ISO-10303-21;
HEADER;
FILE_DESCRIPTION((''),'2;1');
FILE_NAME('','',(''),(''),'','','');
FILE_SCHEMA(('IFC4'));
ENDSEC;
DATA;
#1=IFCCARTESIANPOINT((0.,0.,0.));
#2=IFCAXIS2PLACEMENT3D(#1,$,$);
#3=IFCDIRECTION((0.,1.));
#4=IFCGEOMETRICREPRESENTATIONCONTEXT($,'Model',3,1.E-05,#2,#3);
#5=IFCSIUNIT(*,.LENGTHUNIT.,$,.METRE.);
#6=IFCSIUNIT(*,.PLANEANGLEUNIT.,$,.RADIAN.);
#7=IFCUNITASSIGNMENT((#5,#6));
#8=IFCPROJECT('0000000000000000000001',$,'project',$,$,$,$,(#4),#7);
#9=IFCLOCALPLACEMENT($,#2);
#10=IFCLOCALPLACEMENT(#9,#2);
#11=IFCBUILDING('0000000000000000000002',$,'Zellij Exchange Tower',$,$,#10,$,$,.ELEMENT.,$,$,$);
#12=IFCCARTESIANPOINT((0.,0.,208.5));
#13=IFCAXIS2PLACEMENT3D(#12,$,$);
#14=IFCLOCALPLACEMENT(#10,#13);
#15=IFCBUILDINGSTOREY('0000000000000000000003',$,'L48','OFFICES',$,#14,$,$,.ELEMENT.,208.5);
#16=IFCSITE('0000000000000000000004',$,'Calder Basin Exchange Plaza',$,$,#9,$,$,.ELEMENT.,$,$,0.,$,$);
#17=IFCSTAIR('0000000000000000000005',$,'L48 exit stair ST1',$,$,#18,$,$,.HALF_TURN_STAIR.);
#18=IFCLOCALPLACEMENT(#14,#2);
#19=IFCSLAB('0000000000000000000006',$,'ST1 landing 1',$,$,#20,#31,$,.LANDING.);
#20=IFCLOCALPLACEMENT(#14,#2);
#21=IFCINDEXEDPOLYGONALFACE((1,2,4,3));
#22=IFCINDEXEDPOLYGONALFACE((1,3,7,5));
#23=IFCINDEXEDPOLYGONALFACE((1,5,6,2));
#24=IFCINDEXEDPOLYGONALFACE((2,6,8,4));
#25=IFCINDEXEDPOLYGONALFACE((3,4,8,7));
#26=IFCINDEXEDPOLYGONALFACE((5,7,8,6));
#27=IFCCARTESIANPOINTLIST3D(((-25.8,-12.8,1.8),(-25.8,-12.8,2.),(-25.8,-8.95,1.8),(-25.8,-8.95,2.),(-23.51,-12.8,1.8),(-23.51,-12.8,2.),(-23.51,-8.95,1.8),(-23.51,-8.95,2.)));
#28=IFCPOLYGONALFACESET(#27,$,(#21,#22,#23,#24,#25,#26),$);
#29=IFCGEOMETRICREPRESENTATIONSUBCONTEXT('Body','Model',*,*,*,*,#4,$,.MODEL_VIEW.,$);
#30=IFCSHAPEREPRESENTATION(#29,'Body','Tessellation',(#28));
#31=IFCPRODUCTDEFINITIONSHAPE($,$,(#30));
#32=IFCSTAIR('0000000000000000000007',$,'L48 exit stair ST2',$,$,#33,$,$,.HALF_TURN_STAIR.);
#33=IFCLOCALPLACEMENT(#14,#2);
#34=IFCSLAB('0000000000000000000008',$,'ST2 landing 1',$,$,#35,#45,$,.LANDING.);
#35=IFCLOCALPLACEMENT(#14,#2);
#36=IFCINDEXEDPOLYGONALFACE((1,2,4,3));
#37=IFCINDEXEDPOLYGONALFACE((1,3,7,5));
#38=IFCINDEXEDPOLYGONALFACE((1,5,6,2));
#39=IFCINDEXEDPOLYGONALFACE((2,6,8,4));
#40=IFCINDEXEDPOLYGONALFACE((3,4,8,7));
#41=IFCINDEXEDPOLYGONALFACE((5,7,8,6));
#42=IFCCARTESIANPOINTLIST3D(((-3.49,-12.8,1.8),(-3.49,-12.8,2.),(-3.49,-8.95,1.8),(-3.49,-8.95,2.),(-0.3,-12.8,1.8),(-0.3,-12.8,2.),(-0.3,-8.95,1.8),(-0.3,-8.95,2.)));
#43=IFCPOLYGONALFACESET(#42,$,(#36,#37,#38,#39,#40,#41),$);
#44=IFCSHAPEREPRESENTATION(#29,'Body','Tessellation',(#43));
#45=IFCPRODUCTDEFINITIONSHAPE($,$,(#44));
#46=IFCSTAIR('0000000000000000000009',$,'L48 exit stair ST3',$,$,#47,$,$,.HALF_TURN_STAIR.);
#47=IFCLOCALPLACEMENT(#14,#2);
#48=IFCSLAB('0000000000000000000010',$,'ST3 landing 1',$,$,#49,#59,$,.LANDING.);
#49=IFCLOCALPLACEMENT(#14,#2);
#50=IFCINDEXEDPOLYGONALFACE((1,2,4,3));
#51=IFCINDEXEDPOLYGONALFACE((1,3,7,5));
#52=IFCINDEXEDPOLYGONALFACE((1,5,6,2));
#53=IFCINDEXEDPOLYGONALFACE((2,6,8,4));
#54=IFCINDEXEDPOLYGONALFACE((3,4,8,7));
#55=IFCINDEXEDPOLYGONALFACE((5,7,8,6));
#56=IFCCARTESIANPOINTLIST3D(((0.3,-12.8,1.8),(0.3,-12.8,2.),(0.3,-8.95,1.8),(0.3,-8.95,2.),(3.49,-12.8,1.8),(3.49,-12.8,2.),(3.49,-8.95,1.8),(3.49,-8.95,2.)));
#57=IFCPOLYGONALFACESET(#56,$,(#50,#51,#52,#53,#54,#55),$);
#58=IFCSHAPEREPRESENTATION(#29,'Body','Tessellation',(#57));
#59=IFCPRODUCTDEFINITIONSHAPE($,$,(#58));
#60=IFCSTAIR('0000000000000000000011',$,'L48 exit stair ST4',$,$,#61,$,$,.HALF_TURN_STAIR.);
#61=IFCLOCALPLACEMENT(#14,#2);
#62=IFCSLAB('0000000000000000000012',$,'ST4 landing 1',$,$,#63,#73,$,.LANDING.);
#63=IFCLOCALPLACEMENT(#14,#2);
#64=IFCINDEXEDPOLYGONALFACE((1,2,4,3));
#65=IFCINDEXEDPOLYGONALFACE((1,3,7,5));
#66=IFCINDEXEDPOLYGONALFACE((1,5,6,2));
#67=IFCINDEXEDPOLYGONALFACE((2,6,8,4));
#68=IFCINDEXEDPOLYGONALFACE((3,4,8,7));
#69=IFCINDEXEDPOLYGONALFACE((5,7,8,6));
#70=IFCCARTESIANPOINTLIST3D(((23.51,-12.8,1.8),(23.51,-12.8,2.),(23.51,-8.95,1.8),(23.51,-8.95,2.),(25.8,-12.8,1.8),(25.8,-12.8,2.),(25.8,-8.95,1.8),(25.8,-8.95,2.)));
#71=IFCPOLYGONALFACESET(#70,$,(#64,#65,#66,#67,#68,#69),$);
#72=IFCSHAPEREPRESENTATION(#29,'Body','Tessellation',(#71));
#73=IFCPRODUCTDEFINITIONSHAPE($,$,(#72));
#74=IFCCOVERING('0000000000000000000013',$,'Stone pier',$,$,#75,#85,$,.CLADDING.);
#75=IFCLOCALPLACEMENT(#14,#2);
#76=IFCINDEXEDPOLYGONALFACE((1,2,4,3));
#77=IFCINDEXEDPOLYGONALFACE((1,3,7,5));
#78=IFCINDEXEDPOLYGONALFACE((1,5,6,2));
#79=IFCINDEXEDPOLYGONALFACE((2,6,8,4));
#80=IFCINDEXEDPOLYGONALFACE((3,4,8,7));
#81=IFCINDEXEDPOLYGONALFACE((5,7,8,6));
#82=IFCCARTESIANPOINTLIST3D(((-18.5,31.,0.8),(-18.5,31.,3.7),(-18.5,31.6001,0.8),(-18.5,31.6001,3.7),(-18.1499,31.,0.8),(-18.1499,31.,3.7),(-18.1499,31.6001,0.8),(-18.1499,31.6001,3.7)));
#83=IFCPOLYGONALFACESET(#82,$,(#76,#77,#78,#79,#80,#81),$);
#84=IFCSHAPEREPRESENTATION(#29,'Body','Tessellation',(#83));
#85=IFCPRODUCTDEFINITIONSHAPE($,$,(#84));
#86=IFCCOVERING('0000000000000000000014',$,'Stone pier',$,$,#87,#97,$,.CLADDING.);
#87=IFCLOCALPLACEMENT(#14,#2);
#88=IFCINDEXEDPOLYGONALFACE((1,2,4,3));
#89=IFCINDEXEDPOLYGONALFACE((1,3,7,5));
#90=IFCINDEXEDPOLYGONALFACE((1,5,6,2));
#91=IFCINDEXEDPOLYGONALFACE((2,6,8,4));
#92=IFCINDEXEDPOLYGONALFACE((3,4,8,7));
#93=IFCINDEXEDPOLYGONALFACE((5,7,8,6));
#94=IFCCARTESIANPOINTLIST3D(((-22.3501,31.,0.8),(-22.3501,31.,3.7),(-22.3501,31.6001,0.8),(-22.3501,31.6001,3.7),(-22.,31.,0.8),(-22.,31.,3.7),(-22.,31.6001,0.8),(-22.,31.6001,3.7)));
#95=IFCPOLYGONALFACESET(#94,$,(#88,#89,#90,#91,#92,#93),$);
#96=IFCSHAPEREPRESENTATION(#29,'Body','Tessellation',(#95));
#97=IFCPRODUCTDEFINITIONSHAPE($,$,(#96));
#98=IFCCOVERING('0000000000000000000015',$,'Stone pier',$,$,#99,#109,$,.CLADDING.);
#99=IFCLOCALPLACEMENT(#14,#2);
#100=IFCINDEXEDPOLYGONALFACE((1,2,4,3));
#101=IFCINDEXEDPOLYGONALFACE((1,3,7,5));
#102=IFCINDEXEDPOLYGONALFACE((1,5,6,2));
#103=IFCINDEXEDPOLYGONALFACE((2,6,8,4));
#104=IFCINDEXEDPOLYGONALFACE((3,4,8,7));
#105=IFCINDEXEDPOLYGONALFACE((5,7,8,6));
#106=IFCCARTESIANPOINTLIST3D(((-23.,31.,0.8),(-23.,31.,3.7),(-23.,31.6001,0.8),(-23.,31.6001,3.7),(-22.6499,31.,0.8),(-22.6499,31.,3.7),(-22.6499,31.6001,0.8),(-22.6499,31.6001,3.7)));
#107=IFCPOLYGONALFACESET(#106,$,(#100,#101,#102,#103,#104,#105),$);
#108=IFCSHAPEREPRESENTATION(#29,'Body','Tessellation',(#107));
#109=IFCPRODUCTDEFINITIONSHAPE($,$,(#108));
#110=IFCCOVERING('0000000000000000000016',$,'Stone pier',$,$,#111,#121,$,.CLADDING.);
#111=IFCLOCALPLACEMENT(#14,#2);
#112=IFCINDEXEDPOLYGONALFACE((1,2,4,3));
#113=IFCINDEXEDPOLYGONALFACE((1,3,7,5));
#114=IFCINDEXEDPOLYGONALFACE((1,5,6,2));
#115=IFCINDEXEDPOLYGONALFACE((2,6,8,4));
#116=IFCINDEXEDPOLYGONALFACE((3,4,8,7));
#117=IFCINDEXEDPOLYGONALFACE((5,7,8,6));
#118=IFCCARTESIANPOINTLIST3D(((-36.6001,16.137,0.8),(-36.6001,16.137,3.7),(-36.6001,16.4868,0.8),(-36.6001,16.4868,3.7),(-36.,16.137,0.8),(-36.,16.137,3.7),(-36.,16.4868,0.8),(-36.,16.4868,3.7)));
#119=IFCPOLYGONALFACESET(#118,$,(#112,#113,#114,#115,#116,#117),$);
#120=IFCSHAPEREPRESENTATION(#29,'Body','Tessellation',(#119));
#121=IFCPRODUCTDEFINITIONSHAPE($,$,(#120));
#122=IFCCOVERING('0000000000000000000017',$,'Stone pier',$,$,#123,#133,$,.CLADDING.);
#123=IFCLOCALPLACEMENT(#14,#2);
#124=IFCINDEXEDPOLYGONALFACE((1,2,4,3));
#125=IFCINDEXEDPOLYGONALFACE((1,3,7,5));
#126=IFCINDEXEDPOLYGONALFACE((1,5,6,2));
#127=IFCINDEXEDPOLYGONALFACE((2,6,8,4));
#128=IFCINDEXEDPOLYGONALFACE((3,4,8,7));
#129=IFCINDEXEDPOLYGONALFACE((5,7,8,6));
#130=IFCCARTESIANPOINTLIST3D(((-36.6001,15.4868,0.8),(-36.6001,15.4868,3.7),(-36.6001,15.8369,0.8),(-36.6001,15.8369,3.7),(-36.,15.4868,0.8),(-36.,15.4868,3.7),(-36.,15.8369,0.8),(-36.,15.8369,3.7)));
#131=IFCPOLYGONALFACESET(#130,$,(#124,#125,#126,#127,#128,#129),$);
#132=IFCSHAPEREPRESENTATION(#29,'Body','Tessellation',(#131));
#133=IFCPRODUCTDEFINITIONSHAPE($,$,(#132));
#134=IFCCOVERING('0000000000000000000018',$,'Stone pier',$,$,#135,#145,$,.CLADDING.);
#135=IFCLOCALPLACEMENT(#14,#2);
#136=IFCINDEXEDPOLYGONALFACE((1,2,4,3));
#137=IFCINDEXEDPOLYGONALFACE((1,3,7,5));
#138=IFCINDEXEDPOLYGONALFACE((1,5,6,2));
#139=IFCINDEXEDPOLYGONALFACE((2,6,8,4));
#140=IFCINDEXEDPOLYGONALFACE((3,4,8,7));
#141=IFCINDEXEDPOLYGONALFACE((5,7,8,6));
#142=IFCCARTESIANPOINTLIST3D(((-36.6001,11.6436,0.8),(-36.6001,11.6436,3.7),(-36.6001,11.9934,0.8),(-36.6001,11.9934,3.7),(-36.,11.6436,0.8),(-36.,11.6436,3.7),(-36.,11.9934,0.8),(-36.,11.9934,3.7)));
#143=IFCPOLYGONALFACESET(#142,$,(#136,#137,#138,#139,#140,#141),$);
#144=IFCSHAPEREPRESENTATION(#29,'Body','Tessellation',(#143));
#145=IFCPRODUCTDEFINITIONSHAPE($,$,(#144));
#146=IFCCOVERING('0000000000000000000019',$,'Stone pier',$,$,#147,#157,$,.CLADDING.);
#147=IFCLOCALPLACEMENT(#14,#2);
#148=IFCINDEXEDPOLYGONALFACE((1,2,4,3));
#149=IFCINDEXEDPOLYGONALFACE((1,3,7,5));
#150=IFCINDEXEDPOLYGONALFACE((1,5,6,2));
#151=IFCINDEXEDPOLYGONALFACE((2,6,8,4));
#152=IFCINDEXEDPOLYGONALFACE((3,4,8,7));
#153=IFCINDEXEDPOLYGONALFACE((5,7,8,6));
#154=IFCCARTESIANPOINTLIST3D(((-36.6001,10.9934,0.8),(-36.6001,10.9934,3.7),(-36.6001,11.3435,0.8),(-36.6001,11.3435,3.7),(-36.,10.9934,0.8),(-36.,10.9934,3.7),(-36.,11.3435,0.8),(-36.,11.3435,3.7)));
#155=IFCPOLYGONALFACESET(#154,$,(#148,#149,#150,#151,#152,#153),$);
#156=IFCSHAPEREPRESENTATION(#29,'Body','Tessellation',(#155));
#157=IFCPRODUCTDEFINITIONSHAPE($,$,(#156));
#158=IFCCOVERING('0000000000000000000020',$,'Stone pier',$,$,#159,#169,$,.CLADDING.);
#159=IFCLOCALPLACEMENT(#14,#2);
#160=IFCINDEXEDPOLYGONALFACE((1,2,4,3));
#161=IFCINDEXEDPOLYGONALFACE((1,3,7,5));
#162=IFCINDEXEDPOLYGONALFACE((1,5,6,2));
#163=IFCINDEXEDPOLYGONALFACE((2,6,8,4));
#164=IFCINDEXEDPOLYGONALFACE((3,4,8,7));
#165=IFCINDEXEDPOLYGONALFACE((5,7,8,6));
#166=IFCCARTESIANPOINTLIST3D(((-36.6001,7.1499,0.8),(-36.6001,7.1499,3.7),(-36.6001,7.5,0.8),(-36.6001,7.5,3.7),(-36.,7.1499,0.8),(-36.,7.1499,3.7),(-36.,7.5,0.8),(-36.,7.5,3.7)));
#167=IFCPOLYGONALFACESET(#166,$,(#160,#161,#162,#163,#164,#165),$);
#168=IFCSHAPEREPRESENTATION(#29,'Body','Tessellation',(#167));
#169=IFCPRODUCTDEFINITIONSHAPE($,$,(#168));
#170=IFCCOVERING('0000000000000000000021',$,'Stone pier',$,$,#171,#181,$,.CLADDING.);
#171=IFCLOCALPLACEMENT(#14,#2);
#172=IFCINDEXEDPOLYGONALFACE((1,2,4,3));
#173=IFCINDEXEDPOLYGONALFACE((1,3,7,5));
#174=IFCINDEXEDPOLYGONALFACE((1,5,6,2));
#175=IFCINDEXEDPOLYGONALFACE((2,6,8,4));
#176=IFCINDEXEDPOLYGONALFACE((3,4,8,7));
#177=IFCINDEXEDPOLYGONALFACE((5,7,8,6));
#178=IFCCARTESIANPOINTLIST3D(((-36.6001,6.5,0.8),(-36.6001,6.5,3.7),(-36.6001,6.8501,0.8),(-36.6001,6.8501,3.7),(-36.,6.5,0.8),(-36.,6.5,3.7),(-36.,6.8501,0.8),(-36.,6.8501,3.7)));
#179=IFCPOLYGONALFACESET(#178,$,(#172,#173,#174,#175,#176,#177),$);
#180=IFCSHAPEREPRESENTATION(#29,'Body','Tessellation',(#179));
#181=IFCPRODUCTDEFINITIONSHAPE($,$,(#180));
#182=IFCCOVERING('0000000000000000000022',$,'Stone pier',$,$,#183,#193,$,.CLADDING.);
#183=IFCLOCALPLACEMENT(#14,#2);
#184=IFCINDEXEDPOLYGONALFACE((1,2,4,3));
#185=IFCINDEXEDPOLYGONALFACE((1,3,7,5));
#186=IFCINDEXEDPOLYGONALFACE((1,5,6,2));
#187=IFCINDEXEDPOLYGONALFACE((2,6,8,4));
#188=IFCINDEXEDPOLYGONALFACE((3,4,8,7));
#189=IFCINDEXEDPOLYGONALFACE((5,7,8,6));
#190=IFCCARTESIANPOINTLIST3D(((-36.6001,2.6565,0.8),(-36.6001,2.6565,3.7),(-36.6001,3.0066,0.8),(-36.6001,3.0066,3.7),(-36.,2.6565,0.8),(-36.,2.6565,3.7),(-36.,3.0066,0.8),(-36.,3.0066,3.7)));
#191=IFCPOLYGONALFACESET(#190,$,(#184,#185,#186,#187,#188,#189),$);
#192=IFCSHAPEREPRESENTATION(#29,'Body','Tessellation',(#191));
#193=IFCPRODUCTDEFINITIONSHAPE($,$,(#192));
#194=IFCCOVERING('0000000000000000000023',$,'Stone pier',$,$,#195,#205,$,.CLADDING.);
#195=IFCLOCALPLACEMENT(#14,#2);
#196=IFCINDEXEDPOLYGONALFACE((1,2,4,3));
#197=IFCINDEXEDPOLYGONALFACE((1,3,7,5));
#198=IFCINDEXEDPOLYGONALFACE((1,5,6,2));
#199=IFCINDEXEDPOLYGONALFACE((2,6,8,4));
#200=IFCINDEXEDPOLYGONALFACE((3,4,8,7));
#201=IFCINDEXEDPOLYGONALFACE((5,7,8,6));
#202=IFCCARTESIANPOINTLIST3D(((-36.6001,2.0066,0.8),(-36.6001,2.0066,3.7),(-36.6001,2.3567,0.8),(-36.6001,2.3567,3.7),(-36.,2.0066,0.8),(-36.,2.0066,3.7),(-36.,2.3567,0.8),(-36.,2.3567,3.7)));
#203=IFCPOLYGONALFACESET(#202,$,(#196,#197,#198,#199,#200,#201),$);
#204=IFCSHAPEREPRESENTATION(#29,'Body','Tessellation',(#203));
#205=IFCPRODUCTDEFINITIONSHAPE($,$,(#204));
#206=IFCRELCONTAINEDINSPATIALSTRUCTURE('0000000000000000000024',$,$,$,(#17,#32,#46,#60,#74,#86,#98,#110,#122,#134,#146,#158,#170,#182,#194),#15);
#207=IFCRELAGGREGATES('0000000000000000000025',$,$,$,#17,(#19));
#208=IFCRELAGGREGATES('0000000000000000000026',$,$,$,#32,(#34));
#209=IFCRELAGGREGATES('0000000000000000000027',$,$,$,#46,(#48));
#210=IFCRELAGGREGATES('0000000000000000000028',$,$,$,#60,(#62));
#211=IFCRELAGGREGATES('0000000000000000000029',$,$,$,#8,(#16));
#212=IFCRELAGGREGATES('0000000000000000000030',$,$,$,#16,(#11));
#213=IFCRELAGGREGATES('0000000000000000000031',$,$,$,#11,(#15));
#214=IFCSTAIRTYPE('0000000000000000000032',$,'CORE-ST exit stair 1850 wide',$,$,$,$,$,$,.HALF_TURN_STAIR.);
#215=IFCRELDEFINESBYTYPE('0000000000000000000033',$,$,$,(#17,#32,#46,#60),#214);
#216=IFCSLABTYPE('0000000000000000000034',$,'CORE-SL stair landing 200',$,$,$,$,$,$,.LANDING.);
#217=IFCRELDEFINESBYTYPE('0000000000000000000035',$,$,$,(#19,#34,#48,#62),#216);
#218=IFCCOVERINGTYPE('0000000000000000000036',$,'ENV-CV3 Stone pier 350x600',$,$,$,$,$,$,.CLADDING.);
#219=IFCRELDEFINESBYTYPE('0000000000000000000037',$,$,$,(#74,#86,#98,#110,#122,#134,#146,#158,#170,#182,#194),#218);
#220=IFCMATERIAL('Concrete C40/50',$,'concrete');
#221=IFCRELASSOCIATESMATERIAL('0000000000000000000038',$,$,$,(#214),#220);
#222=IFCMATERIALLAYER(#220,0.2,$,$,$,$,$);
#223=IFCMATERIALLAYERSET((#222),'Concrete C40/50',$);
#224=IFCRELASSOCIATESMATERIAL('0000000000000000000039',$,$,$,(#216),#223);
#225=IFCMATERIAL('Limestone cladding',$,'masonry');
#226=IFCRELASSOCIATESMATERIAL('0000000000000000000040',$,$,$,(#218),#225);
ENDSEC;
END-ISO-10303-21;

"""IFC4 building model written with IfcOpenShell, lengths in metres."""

from ifc_helpers import new_model, si_unit, direction, frame, origin, place, context, subcontext, project, spatial, polyline, outline, extrude, material, layer, layer_set, type_object, element, aggregate, save


model = new_model("IFC4")

# Units and contexts
model_context = context("Model", 3, precision=1e-05, world=origin(), true_north=direction((0.0, 1.0)))
body_context = subcontext(model_context, "Body", "Model", "MODEL_VIEW")
ifc_project = project(units=[si_unit("LENGTHUNIT", "METRE"), si_unit("PLANEANGLEUNIT", "RADIAN")], contexts=[model_context])

# Site, building, storey
site_placement = place(None, origin())
site = spatial("IfcSite", under=ifc_project, at=site_placement, Name="Calder Basin Exchange Plaza", CompositionType="ELEMENT", RefElevation=0.0)
building_placement = place(site_placement, origin())
building = spatial("IfcBuilding", under=site, at=building_placement, Name="Zellij Exchange Tower", CompositionType="ELEMENT")
storey_placement = place(building_placement, frame((0.0, 0.0, 208.5)))
storey = spatial("IfcBuildingStorey", under=building, at=storey_placement, Name="L48", Description="OFFICES", CompositionType="ELEMENT", Elevation=208.5)

# Stairs, slabs
ifc_material_1 = material(Name="Concrete C40/50", Category="concrete")
stair_type = type_object("IfcStairType", Name="CORE-ST exit stair 1850 wide", PredefinedType="HALF_TURN_STAIR", material=ifc_material_1)
stair_1_placement = place(storey_placement, origin())
stair_1 = element("IfcStair", 1, at=stair_1_placement, inside=storey, type_object=stair_type, Name="L48 exit stair ST1", PredefinedType="HALF_TURN_STAIR")
ifc_layer_1 = layer(ifc_material_1, 0.2)
ifc_layer_set_1 = layer_set([ifc_layer_1], Name="Concrete C40/50")
slab_type = type_object("IfcSlabType", Name="CORE-SL stair landing 200", PredefinedType="LANDING", material=ifc_layer_set_1)
slab_1_placement = place(storey_placement, frame((0.0, 0.0, 1.8)))
slab_1 = element("IfcSlab", 2, at=slab_1_placement, type_object=slab_type, Name="ST1 landing 1", PredefinedType="LANDING", context=body_context, shape_type="SweptSolid", body=[
    extrude(outline(polyline([(-23.51, -8.95), (-25.8, -8.95), (-25.8, -12.8), (-23.51, -12.8), (-23.51, -8.95)])), origin(), (0.0, 0.0, 1.0), 0.2),
])
aggregate(stair_1, [slab_1])
stair_2_placement = place(storey_placement, origin())
stair_2 = element("IfcStair", 3, at=stair_2_placement, inside=storey, type_object=stair_type, Name="L48 exit stair ST2", PredefinedType="HALF_TURN_STAIR")
slab_2_placement = place(storey_placement, frame((0.0, 0.0, 1.8)))
slab_2 = element("IfcSlab", 4, at=slab_2_placement, type_object=slab_type, Name="ST2 landing 1", PredefinedType="LANDING", context=body_context, shape_type="SweptSolid", body=[
    extrude(outline(polyline([(-3.49, -12.8), (-0.3, -12.8), (-0.3, -8.95), (-3.49, -8.95), (-3.49, -12.8)])), origin(), (0.0, 0.0, 1.0), 0.2),
])
aggregate(stair_2, [slab_2])
stair_3_placement = place(storey_placement, origin())
stair_3 = element("IfcStair", 5, at=stair_3_placement, inside=storey, type_object=stair_type, Name="L48 exit stair ST3", PredefinedType="HALF_TURN_STAIR")
slab_3_placement = place(storey_placement, frame((0.0, 0.0, 1.8)))
slab_3 = element("IfcSlab", 6, at=slab_3_placement, type_object=slab_type, Name="ST3 landing 1", PredefinedType="LANDING", context=body_context, shape_type="SweptSolid", body=[
    extrude(outline(polyline([(3.49, -8.95), (0.3, -8.95), (0.3, -12.8), (3.49, -12.8), (3.49, -8.95)])), origin(), (0.0, 0.0, 1.0), 0.2),
])
aggregate(stair_3, [slab_3])
stair_4_placement = place(storey_placement, origin())
stair_4 = element("IfcStair", 7, at=stair_4_placement, inside=storey, type_object=stair_type, Name="L48 exit stair ST4", PredefinedType="HALF_TURN_STAIR")
slab_4_placement = place(storey_placement, frame((0.0, 0.0, 1.8)))
slab_4 = element("IfcSlab", 8, at=slab_4_placement, type_object=slab_type, Name="ST4 landing 1", PredefinedType="LANDING", context=body_context, shape_type="SweptSolid", body=[
    extrude(outline(polyline([(23.51, -12.8), (25.8, -12.8), (25.8, -8.95), (23.51, -8.95), (23.51, -12.8)])), origin(), (0.0, 0.0, 1.0), 0.2),
])
aggregate(stair_4, [slab_4])

# Coverings
ifc_material_2 = material(Name="Limestone cladding", Category="masonry")
covering_type_1 = type_object("IfcCoveringType", Name="ENV-CV3 Stone pier 350x600", PredefinedType="CLADDING", material=ifc_material_2)
covering_1_placement = place(storey_placement, frame((0.0, 0.0, 0.8)))
element("IfcCovering", 9, at=covering_1_placement, inside=storey, type_object=covering_type_1, Name="Stone pier", PredefinedType="CLADDING", context=body_context, shape_type="SweptSolid", body=[
    extrude(outline(polyline([(-18.1499, 31.0), (-18.5, 31.0), (-18.5, 31.6001), (-18.1499, 31.6001), (-18.1499, 31.0)])), origin(), (0.0, 0.0, 1.0), 2.8999),
])
covering_2_placement = place(storey_placement, frame((0.0, 0.0, 0.8)))
element("IfcCovering", 10, at=covering_2_placement, inside=storey, type_object=covering_type_1, Name="Stone pier", PredefinedType="CLADDING", context=body_context, shape_type="SweptSolid", body=[
    extrude(outline(polyline([(-22.0, 31.0), (-22.3501, 31.0), (-22.3501, 31.6001), (-22.0, 31.6001), (-22.0, 31.0)])), origin(), (0.0, 0.0, 1.0), 2.8999),
])
covering_3_placement = place(storey_placement, frame((0.0, 0.0, 0.8)))
element("IfcCovering", 11, at=covering_3_placement, inside=storey, type_object=covering_type_1, Name="Stone pier", PredefinedType="CLADDING", context=body_context, shape_type="SweptSolid", body=[
    extrude(outline(polyline([(-22.6499, 31.0), (-23.0, 31.0), (-23.0, 31.6001), (-22.6499, 31.6001), (-22.6499, 31.0)])), origin(), (0.0, 0.0, 1.0), 2.8999),
])
covering_4_placement = place(storey_placement, frame((0.0, 0.0, 0.8)))
element("IfcCovering", 12, at=covering_4_placement, inside=storey, type_object=covering_type_1, Name="Stone pier", PredefinedType="CLADDING", context=body_context, shape_type="SweptSolid", body=[
    extrude(outline(polyline([(-36.0, 16.4868), (-36.0, 16.137), (-36.6001, 16.137), (-36.6001, 16.4868), (-36.0, 16.4868)])), origin(), (0.0, 0.0, 1.0), 2.8999),
])
covering_5_placement = place(storey_placement, frame((0.0, 0.0, 0.8)))
element("IfcCovering", 13, at=covering_5_placement, inside=storey, type_object=covering_type_1, Name="Stone pier", PredefinedType="CLADDING", context=body_context, shape_type="SweptSolid", body=[
    extrude(outline(polyline([(-36.0, 15.8369), (-36.0, 15.4868), (-36.6001, 15.4868), (-36.6001, 15.8369), (-36.0, 15.8369)])), origin(), (0.0, 0.0, 1.0), 2.8999),
])
covering_6_placement = place(storey_placement, frame((0.0, 0.0, 0.8)))
element("IfcCovering", 14, at=covering_6_placement, inside=storey, type_object=covering_type_1, Name="Stone pier", PredefinedType="CLADDING", context=body_context, shape_type="SweptSolid", body=[
    extrude(outline(polyline([(-36.0, 11.9934), (-36.0, 11.6436), (-36.6001, 11.6436), (-36.6001, 11.9934), (-36.0, 11.9934)])), origin(), (0.0, 0.0, 1.0), 2.8999),
])
covering_7_placement = place(storey_placement, frame((0.0, 0.0, 0.8)))
element("IfcCovering", 15, at=covering_7_placement, inside=storey, type_object=covering_type_1, Name="Stone pier", PredefinedType="CLADDING", context=body_context, shape_type="SweptSolid", body=[
    extrude(outline(polyline([(-36.0, 11.3435), (-36.0, 10.9934), (-36.6001, 10.9934), (-36.6001, 11.3435), (-36.0, 11.3435)])), origin(), (0.0, 0.0, 1.0), 2.8999),
])
covering_8_placement = place(storey_placement, frame((0.0, 0.0, 0.8)))
element("IfcCovering", 16, at=covering_8_placement, inside=storey, type_object=covering_type_1, Name="Stone pier", PredefinedType="CLADDING", context=body_context, shape_type="SweptSolid", body=[
    extrude(outline(polyline([(-36.0, 7.5), (-36.0, 7.1499), (-36.6001, 7.1499), (-36.6001, 7.5), (-36.0, 7.5)])), origin(), (0.0, 0.0, 1.0), 2.8999),
])
covering_9_placement = place(storey_placement, frame((0.0, 0.0, 0.8)))
element("IfcCovering", 17, at=covering_9_placement, inside=storey, type_object=covering_type_1, Name="Stone pier", PredefinedType="CLADDING", context=body_context, shape_type="SweptSolid", body=[
    extrude(outline(polyline([(-36.0, 6.8501), (-36.0, 6.5), (-36.6001, 6.5), (-36.6001, 6.8501), (-36.0, 6.8501)])), origin(), (0.0, 0.0, 1.0), 2.8999),
])
covering_10_placement = place(storey_placement, frame((0.0, 0.0, 0.8)))
element("IfcCovering", 18, at=covering_10_placement, inside=storey, type_object=covering_type_1, Name="Stone pier", PredefinedType="CLADDING", context=body_context, shape_type="SweptSolid", body=[
    extrude(outline(polyline([(-36.0, 3.0066), (-36.0, 2.6565), (-36.6001, 2.6565), (-36.6001, 3.0066), (-36.0, 3.0066)])), origin(), (0.0, 0.0, 1.0), 2.8999),
])
covering_11_placement = place(storey_placement, frame((0.0, 0.0, 0.8)))
element("IfcCovering", 19, at=covering_11_placement, inside=storey, type_object=covering_type_1, Name="Stone pier", PredefinedType="CLADDING", context=body_context, shape_type="SweptSolid", body=[
    extrude(outline(polyline([(-36.0, 2.3567), (-36.0, 2.0066), (-36.6001, 2.0066), (-36.6001, 2.3567), (-36.0, 2.3567)])), origin(), (0.0, 0.0, 1.0), 2.8999),
])

save(model, "model.ifc")
